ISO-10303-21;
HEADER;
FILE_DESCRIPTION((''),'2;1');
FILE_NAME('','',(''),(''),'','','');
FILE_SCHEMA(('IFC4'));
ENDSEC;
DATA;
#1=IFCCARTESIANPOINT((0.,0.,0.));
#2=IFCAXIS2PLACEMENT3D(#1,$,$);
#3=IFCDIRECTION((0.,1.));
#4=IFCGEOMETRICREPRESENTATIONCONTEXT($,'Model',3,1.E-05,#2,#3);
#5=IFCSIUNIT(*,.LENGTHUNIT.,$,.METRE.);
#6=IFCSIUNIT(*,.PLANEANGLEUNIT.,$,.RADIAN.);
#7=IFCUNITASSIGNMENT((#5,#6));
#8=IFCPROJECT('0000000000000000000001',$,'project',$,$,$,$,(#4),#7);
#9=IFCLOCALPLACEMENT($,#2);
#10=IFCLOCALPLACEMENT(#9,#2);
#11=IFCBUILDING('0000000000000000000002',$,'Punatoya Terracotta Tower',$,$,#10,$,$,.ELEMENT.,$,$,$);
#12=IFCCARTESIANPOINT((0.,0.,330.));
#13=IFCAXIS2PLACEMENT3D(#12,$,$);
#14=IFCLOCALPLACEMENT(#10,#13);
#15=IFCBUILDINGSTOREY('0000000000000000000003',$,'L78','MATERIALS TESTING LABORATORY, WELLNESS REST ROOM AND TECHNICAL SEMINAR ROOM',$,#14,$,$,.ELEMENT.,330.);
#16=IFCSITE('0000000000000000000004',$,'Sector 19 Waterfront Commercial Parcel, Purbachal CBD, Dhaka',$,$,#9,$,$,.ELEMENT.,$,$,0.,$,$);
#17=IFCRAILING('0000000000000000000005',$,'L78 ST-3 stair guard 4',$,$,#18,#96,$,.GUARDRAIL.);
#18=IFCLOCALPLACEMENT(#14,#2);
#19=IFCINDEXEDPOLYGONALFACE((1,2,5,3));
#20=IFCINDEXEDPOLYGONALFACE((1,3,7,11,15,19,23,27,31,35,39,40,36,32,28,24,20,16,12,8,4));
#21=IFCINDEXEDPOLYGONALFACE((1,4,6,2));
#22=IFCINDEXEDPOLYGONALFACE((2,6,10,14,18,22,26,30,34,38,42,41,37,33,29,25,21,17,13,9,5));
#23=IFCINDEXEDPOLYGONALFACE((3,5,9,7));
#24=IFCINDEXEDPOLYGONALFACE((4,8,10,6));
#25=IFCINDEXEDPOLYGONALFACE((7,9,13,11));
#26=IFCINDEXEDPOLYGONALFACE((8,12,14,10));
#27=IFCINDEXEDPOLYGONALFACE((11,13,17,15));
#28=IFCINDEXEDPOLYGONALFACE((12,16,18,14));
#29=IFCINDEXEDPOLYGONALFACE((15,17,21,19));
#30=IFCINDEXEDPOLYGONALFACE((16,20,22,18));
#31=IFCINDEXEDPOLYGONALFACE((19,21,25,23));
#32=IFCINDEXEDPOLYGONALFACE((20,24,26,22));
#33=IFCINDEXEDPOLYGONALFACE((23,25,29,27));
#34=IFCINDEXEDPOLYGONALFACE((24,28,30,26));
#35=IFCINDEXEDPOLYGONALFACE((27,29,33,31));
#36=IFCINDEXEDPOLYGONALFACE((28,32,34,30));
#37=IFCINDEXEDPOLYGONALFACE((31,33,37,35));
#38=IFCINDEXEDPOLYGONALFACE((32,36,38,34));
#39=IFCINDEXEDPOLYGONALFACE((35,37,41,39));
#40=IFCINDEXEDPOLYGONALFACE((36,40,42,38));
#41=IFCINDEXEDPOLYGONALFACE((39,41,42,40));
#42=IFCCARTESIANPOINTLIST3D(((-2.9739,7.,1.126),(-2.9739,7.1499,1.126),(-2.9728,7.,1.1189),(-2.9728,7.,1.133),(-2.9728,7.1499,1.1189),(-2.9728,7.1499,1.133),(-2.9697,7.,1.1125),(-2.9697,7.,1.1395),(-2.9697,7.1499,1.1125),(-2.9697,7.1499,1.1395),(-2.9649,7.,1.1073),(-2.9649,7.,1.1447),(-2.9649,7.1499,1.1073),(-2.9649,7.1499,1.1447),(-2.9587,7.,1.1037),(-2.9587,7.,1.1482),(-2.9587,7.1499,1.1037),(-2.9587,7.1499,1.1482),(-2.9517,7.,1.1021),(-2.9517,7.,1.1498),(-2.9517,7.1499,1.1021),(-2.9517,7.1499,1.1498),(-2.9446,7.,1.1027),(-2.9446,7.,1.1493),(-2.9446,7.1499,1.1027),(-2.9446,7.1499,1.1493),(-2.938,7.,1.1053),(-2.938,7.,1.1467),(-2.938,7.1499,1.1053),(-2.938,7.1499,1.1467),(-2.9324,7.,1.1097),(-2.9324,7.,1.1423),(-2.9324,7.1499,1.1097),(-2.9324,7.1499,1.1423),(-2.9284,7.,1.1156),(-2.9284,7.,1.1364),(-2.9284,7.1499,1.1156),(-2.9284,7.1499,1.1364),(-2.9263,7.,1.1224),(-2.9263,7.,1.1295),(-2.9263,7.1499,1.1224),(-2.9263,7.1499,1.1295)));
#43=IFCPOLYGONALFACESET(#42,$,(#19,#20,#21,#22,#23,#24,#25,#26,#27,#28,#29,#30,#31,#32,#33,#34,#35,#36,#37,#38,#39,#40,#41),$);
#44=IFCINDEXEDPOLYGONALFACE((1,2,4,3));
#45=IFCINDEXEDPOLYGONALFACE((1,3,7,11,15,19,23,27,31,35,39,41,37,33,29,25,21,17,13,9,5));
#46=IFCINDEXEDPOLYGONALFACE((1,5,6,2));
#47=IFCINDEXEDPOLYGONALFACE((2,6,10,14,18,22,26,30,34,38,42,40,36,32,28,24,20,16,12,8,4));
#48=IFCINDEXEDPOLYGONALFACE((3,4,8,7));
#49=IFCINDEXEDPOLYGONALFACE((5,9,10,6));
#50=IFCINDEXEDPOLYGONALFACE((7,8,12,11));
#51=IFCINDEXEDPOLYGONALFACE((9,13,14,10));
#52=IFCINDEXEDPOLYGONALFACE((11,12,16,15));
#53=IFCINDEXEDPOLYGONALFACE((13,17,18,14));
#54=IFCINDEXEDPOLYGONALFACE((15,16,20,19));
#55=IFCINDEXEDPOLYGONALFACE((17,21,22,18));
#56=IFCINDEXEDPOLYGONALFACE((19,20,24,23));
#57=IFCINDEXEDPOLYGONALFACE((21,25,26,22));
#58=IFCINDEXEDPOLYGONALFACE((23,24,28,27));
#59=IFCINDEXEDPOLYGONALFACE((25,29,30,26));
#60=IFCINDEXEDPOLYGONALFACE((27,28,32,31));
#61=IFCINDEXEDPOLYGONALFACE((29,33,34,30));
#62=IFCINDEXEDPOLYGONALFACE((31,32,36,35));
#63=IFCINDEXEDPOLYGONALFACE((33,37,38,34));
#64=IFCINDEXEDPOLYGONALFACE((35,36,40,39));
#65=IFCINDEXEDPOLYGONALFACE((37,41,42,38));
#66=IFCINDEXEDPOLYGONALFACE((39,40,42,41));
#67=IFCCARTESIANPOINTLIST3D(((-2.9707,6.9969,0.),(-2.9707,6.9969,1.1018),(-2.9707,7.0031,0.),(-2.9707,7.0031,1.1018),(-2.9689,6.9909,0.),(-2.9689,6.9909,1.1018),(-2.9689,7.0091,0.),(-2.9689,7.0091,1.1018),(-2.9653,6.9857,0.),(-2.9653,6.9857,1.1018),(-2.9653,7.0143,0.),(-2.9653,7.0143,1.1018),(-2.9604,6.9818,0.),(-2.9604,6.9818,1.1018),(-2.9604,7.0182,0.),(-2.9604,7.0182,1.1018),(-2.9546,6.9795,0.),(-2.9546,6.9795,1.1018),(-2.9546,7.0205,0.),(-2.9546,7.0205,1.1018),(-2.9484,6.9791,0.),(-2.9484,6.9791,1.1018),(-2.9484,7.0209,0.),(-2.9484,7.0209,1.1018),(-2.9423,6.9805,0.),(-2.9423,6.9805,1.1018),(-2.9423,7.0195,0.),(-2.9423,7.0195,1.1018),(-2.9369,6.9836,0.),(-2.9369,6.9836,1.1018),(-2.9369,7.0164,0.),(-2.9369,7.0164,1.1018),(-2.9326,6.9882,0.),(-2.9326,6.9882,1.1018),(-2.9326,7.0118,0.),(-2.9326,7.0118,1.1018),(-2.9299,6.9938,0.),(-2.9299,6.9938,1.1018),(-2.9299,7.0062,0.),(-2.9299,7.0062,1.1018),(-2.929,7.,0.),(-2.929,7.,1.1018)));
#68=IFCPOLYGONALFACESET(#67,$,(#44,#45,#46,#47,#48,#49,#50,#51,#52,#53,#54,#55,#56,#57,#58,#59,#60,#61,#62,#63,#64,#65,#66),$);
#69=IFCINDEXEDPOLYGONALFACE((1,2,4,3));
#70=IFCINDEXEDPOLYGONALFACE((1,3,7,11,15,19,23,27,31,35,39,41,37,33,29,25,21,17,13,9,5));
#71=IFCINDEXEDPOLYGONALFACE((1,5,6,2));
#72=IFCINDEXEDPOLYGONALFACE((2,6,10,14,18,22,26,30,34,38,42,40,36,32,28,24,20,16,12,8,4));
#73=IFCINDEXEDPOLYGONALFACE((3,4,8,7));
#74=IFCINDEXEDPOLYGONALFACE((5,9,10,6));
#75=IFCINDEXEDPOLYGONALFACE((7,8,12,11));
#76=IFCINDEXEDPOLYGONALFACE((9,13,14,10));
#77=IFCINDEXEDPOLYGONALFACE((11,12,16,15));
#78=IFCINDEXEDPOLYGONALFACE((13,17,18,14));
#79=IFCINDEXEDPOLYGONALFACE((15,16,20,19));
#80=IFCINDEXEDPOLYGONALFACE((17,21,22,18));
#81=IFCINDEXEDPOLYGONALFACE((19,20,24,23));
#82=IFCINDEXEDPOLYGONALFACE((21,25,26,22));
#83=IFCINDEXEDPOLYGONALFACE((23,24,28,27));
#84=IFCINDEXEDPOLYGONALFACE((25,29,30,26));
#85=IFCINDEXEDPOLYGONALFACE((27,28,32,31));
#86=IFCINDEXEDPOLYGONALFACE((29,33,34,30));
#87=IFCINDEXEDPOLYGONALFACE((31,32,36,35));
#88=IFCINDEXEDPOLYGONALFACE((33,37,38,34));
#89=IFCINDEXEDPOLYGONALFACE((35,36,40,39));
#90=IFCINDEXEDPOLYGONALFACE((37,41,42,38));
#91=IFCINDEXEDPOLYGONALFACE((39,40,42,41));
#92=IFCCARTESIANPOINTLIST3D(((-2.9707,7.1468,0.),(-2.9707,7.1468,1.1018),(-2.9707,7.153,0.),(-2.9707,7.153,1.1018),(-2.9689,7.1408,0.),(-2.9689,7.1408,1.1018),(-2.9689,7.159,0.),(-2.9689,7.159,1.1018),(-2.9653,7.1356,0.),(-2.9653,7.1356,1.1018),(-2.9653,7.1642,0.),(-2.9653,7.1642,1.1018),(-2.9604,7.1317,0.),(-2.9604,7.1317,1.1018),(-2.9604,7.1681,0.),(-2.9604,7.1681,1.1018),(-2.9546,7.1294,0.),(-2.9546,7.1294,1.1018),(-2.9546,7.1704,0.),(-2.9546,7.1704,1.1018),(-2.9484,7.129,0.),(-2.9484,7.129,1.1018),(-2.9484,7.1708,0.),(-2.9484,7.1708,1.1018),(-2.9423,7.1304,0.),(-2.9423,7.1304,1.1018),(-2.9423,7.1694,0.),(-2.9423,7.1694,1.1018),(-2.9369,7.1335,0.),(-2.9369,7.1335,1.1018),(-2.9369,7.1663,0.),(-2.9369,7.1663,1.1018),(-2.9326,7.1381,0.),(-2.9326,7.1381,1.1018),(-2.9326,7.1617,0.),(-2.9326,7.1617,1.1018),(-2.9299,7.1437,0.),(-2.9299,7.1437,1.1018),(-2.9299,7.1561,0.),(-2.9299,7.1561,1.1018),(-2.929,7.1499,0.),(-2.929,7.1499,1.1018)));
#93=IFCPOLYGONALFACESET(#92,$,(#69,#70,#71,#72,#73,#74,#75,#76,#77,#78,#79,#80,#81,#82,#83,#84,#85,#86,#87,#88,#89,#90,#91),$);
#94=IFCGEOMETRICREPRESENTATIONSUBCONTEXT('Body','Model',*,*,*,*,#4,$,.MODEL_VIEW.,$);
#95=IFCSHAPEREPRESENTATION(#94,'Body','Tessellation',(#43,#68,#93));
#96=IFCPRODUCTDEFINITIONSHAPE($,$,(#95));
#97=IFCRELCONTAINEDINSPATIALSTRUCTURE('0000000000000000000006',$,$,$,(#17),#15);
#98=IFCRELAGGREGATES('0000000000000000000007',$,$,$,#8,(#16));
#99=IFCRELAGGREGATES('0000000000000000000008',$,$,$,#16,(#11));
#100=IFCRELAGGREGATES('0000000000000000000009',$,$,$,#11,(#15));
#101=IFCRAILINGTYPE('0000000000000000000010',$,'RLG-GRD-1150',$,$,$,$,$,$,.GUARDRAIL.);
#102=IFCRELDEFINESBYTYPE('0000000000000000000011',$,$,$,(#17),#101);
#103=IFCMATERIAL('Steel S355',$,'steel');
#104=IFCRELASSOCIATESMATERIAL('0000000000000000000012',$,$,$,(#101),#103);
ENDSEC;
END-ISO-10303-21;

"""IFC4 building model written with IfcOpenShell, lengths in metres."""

from ifc_helpers import new_model, si_unit, direction, frame, origin, origin_2d, place, context, subcontext, project, spatial, circle, extrude, material, type_object, element, save


model = new_model("IFC4")

# Units and contexts
model_context = context("Model", 3, precision=1e-05, world=origin(), true_north=direction((0.0, 1.0)))
body_context = subcontext(model_context, "Body", "Model", "MODEL_VIEW")
ifc_project = project(units=[si_unit("LENGTHUNIT", "METRE"), si_unit("PLANEANGLEUNIT", "RADIAN")], contexts=[model_context])

# Site, building, storey
site_placement = place(None, origin())
site = spatial("IfcSite", under=ifc_project, at=site_placement, Name="Sector 19 Waterfront Commercial Parcel, Purbachal CBD, Dhaka", CompositionType="ELEMENT", RefElevation=0.0)
building_placement = place(site_placement, origin())
building = spatial("IfcBuilding", under=site, at=building_placement, Name="Punatoya Terracotta Tower", CompositionType="ELEMENT")
storey_placement = place(building_placement, frame((0.0, 0.0, 330.0)))
storey = spatial("IfcBuildingStorey", under=building, at=storey_placement, Name="L78", Description="MATERIALS TESTING LABORATORY, WELLNESS REST ROOM AND TECHNICAL SEMINAR ROOM", CompositionType="ELEMENT", Elevation=330.0)

# Shared definitions
ifc_material_1 = material(Name="Steel S355", Category="steel")

# Railing
railing_type_1 = type_object("IfcRailingType", Name="RLG-GRD-1150", PredefinedType="GUARDRAIL", material=ifc_material_1)
railing_1_placement = place(storey_placement, frame((-2.95, 7.0, 0.0)))
element("IfcRailing", 1, at=railing_1_placement, inside=storey, type_object=railing_type_1, Name="L78 ST-3 stair guard 4", PredefinedType="GUARDRAIL", context=body_context, shape_type="SweptSolid", body=[
    extrude(circle(Radius=0.0239, at=origin_2d()), frame((0.0, 0.0, 1.126), z_axis=(0.0, 1.0, 0.0), x_axis=(-1.0, 0.0, 0.0)), (0.0, 0.0, 1.0), 0.1499),
    extrude(circle(Radius=0.021, at=origin_2d()), origin(), (0.0, 0.0, 1.0), 1.1018),
    extrude(circle(Radius=0.021, at=origin_2d()), frame((0.0, 0.1499, 0.0)), (0.0, 0.0, 1.0), 1.1018),
])

save(model, "model.ifc")
